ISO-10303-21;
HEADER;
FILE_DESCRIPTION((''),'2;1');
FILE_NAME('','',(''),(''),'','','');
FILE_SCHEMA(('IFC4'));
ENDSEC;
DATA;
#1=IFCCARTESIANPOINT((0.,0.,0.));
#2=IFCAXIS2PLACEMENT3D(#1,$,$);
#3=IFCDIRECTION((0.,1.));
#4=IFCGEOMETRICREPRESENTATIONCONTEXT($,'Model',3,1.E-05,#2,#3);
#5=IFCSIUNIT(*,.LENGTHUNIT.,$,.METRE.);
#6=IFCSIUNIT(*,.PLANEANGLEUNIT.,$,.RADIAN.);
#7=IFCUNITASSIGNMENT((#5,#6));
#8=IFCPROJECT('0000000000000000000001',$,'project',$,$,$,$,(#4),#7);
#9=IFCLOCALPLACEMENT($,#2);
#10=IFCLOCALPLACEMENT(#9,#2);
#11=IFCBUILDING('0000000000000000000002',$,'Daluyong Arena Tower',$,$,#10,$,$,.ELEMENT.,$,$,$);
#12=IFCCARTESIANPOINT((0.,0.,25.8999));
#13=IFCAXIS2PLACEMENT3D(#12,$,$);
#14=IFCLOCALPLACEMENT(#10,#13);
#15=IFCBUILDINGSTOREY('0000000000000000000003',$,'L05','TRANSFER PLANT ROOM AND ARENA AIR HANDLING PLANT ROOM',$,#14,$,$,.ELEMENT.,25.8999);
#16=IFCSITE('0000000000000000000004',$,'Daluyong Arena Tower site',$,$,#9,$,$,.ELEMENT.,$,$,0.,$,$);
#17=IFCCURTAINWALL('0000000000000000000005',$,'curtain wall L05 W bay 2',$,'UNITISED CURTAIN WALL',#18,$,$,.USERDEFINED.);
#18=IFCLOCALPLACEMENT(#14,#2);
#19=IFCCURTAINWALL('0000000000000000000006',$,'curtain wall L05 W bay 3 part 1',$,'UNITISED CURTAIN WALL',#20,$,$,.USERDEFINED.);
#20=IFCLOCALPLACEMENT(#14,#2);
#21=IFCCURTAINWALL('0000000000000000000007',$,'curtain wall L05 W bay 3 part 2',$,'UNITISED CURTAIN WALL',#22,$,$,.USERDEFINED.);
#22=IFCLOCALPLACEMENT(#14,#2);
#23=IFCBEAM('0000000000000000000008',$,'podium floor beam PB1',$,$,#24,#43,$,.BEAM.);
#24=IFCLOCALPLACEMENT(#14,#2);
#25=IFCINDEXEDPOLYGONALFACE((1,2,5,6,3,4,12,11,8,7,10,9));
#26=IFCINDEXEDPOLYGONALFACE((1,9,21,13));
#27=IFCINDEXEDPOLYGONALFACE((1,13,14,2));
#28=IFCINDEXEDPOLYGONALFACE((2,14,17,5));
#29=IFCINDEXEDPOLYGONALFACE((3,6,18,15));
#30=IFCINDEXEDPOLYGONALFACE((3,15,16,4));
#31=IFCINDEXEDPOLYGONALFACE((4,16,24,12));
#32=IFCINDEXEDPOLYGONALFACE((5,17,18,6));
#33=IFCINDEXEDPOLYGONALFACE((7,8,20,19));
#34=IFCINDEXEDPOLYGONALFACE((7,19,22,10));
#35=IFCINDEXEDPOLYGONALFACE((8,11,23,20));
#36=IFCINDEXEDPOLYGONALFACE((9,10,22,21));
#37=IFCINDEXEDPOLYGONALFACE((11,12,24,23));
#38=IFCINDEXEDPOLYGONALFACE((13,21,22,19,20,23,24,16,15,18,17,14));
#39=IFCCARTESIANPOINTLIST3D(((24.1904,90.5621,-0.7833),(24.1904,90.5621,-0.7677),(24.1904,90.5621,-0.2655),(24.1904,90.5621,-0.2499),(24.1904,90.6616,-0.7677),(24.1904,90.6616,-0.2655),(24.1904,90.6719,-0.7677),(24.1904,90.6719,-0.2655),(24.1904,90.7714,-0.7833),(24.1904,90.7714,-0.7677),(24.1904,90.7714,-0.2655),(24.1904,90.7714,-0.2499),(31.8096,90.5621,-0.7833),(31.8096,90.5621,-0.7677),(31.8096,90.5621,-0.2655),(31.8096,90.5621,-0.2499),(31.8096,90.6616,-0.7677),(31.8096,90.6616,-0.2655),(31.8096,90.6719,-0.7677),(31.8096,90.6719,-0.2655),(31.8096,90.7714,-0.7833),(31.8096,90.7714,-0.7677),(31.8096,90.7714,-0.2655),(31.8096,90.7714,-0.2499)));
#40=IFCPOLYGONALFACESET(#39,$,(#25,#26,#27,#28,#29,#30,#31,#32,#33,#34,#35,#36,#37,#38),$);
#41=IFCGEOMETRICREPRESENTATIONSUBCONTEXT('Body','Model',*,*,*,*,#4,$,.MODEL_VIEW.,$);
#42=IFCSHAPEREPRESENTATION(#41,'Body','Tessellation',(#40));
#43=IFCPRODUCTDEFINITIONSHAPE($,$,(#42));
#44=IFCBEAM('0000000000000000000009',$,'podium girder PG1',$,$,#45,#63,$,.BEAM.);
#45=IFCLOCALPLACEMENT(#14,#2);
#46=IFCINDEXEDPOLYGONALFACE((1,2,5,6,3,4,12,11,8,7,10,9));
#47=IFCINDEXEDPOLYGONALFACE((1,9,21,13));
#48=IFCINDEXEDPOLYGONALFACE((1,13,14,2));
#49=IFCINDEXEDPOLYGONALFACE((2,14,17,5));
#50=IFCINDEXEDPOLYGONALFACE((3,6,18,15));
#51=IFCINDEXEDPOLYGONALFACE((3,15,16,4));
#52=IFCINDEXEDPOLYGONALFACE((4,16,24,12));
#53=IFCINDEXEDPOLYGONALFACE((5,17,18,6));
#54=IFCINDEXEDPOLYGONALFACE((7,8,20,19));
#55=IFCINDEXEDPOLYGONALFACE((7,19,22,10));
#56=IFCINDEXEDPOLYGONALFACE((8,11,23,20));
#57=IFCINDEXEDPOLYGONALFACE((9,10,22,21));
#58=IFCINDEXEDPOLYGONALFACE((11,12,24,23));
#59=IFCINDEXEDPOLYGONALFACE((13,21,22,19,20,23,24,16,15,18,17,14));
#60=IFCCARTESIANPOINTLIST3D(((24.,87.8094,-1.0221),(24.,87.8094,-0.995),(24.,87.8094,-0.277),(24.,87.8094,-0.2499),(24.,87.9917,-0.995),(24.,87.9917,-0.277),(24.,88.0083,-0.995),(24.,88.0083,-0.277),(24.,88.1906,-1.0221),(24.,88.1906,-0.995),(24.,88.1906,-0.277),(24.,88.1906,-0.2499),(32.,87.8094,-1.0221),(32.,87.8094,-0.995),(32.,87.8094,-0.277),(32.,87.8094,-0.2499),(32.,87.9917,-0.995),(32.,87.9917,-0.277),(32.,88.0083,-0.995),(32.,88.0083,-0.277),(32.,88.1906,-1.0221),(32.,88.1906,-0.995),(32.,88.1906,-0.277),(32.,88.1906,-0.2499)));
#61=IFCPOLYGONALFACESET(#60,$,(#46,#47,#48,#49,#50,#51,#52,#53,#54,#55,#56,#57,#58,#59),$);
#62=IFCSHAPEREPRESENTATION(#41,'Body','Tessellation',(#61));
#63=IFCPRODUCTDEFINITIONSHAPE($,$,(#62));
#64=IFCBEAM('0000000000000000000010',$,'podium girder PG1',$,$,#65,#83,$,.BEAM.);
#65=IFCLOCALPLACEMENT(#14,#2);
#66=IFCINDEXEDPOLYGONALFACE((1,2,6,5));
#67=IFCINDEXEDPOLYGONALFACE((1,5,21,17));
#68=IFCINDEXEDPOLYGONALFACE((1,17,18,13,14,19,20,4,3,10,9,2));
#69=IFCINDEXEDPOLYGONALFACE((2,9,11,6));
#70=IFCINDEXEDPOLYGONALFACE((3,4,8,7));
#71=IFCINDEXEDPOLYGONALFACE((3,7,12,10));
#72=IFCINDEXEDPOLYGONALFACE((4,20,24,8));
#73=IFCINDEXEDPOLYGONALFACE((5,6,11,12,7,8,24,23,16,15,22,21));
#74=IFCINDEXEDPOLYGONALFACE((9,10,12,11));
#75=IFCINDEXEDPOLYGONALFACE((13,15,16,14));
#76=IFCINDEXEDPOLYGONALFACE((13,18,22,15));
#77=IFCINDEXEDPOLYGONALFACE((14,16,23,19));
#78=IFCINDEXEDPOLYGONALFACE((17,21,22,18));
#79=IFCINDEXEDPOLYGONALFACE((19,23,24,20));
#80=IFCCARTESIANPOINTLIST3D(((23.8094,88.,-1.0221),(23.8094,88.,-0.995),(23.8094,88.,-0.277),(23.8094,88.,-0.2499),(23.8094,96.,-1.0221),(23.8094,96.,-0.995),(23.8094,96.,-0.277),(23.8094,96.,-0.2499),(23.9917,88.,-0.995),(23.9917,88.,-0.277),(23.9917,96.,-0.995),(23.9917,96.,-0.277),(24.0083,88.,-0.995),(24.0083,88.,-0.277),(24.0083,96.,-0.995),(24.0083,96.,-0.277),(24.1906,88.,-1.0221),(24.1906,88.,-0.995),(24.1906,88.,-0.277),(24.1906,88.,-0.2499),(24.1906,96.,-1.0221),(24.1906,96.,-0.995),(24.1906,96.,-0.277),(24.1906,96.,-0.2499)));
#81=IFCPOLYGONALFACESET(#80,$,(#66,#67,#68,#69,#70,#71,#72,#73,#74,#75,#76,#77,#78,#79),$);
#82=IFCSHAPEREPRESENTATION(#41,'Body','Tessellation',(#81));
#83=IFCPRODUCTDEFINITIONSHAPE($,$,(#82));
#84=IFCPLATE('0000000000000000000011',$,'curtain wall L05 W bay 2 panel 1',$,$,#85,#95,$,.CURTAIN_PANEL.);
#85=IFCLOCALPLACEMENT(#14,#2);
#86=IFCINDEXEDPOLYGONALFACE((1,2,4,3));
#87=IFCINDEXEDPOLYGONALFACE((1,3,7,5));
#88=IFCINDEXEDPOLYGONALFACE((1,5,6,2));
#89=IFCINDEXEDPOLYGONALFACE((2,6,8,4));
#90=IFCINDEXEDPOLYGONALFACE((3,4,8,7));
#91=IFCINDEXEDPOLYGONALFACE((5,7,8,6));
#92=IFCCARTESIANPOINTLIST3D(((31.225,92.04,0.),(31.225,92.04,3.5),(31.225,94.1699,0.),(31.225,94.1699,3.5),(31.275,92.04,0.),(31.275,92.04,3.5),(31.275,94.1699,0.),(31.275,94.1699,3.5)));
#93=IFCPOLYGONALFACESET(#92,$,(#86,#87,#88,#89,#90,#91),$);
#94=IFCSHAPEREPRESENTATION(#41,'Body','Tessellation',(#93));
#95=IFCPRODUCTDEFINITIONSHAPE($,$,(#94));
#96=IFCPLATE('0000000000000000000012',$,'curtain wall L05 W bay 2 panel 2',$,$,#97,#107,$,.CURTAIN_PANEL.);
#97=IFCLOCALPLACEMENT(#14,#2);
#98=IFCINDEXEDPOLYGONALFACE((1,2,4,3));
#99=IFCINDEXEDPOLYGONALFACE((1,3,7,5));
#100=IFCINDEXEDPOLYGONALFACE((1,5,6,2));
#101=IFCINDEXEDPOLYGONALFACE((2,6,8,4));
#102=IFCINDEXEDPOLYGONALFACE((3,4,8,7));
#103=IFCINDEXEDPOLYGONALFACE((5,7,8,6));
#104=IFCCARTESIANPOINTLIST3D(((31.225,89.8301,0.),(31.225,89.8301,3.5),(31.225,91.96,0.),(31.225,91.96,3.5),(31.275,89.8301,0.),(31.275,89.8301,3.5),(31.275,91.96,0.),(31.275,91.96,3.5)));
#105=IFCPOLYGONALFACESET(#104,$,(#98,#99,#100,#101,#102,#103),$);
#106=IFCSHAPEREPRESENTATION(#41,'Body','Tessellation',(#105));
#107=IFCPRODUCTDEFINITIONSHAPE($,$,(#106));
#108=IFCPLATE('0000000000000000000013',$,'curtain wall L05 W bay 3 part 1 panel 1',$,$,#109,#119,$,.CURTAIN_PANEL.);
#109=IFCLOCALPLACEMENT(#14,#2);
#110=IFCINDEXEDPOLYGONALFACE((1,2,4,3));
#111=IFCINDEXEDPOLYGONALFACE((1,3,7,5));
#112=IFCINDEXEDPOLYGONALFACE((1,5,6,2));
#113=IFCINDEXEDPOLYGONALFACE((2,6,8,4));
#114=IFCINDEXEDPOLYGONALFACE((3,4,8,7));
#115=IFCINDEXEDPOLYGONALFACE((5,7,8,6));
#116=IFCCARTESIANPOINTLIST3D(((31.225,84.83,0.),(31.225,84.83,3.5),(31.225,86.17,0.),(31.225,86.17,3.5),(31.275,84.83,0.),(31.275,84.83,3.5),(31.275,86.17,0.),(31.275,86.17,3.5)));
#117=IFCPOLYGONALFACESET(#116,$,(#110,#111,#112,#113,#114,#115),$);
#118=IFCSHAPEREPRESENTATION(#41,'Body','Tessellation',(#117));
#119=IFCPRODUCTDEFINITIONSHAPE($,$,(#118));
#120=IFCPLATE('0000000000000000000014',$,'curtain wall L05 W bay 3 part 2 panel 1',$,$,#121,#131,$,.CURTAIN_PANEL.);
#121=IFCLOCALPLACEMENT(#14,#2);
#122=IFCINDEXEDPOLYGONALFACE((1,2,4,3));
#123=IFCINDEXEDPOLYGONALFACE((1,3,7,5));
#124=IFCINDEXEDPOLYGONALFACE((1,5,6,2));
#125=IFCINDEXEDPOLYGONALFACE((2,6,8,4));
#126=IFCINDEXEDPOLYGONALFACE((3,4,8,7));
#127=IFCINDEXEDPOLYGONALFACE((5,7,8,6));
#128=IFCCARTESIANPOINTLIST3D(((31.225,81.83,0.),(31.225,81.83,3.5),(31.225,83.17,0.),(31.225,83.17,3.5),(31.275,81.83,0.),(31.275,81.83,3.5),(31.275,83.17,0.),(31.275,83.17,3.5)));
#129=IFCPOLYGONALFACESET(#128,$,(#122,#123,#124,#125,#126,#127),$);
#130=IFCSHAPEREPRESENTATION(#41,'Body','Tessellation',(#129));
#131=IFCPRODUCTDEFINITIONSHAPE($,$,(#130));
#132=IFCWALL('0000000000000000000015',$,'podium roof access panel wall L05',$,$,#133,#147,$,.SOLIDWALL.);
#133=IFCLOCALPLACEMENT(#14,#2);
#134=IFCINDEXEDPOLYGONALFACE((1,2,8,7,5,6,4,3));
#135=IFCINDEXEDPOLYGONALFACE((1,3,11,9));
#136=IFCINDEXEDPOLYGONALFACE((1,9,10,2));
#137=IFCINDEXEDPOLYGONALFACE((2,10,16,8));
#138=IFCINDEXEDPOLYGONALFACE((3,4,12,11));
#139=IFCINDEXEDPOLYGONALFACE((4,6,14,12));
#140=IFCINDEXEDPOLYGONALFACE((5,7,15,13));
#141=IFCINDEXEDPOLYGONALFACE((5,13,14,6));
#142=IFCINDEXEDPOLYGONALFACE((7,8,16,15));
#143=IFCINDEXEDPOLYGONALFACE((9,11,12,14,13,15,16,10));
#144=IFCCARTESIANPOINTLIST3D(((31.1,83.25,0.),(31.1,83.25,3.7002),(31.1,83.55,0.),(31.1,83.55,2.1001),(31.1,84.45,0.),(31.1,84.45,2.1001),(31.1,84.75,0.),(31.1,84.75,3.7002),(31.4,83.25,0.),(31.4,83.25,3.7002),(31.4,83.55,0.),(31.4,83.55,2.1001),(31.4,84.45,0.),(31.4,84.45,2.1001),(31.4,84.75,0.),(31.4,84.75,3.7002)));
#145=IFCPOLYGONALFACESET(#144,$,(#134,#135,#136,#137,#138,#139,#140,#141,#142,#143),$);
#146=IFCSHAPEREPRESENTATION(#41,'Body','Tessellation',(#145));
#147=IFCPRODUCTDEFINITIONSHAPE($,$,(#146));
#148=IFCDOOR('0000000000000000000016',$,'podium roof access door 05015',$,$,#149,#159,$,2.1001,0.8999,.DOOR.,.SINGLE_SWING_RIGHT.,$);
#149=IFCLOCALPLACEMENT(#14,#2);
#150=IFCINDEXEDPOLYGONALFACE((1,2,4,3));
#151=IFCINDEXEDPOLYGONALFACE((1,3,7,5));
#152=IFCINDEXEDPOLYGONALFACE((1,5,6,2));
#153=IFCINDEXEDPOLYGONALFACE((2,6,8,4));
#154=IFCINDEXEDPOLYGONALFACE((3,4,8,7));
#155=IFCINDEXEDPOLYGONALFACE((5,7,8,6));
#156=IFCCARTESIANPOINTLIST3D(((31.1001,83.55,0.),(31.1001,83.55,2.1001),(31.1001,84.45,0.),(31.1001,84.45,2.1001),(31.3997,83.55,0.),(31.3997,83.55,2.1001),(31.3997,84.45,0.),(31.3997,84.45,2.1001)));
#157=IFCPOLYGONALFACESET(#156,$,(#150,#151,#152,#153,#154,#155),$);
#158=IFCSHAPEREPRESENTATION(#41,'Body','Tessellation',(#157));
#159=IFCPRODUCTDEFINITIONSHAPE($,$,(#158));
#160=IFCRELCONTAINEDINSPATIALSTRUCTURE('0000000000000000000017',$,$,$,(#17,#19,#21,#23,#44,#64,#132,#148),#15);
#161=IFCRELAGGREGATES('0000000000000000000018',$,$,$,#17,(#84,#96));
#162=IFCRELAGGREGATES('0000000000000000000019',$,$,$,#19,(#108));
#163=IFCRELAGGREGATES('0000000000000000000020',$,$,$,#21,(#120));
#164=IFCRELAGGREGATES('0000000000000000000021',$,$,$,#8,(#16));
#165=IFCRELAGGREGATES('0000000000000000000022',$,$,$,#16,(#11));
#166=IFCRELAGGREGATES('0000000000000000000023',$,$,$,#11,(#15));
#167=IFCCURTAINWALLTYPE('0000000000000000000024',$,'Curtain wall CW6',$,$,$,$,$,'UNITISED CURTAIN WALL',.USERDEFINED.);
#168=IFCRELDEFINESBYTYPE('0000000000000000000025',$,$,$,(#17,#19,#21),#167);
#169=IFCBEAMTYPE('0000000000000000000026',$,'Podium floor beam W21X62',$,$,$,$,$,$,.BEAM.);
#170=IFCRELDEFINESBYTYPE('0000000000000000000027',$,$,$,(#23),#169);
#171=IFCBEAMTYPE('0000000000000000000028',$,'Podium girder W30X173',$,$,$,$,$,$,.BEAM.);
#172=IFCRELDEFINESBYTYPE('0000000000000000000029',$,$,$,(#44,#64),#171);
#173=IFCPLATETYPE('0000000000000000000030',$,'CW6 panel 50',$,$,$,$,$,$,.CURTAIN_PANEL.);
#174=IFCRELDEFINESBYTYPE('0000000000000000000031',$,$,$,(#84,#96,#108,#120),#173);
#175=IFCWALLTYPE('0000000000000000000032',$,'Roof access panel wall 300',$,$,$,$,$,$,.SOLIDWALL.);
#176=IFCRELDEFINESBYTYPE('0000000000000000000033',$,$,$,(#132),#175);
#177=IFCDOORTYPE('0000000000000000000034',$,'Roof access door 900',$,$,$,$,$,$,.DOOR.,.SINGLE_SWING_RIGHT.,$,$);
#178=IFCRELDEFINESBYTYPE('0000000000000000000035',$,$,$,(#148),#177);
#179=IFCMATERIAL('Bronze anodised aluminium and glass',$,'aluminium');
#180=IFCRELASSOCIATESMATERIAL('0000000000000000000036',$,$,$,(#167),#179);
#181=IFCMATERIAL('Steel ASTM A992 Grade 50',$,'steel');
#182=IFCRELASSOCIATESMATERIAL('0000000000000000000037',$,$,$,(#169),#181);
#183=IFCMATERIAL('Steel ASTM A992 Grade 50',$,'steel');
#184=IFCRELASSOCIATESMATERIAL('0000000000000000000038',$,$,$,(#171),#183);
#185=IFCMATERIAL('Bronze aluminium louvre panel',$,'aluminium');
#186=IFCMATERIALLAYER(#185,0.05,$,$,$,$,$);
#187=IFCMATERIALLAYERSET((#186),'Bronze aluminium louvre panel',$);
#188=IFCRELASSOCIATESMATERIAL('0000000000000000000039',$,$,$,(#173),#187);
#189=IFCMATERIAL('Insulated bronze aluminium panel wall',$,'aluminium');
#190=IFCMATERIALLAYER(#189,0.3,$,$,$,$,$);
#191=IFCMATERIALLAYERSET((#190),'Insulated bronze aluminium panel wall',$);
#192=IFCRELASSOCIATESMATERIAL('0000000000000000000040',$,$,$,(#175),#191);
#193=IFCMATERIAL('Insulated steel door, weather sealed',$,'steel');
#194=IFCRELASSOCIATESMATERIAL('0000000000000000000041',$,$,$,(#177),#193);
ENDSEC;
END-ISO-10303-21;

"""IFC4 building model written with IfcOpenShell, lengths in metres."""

from ifc_helpers import new_model, si_unit, direction, frame, frame_2d, origin, origin_2d, place, context, subcontext, project, spatial, rectangle, i_section, extrude, material, layer, layer_set, material_profile, profile_set, type_object, element, fill, aggregate, save


model = new_model("IFC4")

# Units and contexts
model_context = context("Model", 3, precision=1e-05, world=origin(), true_north=direction((0.0, 1.0)))
body_context = subcontext(model_context, "Body", "Model", "MODEL_VIEW")
ifc_project = project(units=[si_unit("LENGTHUNIT", "METRE"), si_unit("PLANEANGLEUNIT", "RADIAN")], contexts=[model_context])

# Site, building, storey
site_placement = place(None, origin())
site = spatial("IfcSite", under=ifc_project, at=site_placement, Name="Daluyong Arena Tower site", CompositionType="ELEMENT", RefElevation=0.0)
building_placement = place(site_placement, origin())
building = spatial("IfcBuilding", under=site, at=building_placement, Name="Daluyong Arena Tower", CompositionType="ELEMENT")
storey_placement = place(building_placement, frame((0.0, 0.0, 25.8999)))
storey = spatial("IfcBuildingStorey", under=building, at=storey_placement, Name="L05", Description="TRANSFER PLANT ROOM AND ARENA AIR HANDLING PLANT ROOM", CompositionType="ELEMENT", Elevation=25.8999)

# Curtain walls
ifc_material_1 = material(Name="Bronze anodised aluminium and glass", Category="aluminium")
curtain_wall_type = type_object("IfcCurtainWallType", Name="Curtain wall CW6", ElementType="UNITISED CURTAIN WALL", PredefinedType="USERDEFINED", material=ifc_material_1)
curtain_wall_1_placement = place(storey_placement, origin())
curtain_wall_1 = element("IfcCurtainWall", 1, at=curtain_wall_1_placement, inside=storey, type_object=curtain_wall_type, Name="curtain wall L05 W bay 2", ObjectType="UNITISED CURTAIN WALL", PredefinedType="USERDEFINED")
curtain_wall_2_placement = place(storey_placement, origin())
curtain_wall_2 = element("IfcCurtainWall", 2, at=curtain_wall_2_placement, inside=storey, type_object=curtain_wall_type, Name="curtain wall L05 W bay 3 part 1", ObjectType="UNITISED CURTAIN WALL", PredefinedType="USERDEFINED")

# Curtain wall
curtain_wall_3_placement = place(storey_placement, origin())
curtain_wall_3 = element("IfcCurtainWall", 3, at=curtain_wall_3_placement, inside=storey, type_object=curtain_wall_type, Name="curtain wall L05 W bay 3 part 2", ObjectType="UNITISED CURTAIN WALL", PredefinedType="USERDEFINED")

# Beams
ifc_material_2 = material(Name="Steel ASTM A992 Grade 50", Category="steel")
ifc_material_profile_1 = material_profile(ifc_material_2, i_section(OverallWidth=0.2092, OverallDepth=0.5334, WebThickness=0.0103, FlangeThickness=0.0156, at=origin_2d()))
ifc_profile_set_1 = profile_set([ifc_material_profile_1], Name="Steel ASTM A992 Grade 50")
beam_type_1 = type_object("IfcBeamType", Name="Podium floor beam W21X62", PredefinedType="BEAM", material=ifc_profile_set_1)
for number, where, z_axis, x_axis, name in (
    (4, (24.1904, 90.6667, -0.5166), (1.0, 0.0, 0.0), (0.0, 1.0, 0.0), "podium floor beam PB1"),
):
    element("IfcBeam", number, at=place(storey_placement, frame(where, z_axis=z_axis, x_axis=x_axis)), inside=storey, type_object=beam_type_1, Name=name, PredefinedType="BEAM", context=body_context, shape_type="SweptSolid", body=[
        extrude(i_section(OverallWidth=0.2092, OverallDepth=0.5334, WebThickness=0.0103, FlangeThickness=0.0156, at=origin_2d()), origin(), (0.0, 0.0, 1.0), 7.6191),
    ])
ifc_material_3 = material(Name="Steel ASTM A992 Grade 50", Category="steel")
ifc_material_profile_2 = material_profile(ifc_material_3, i_section(OverallWidth=0.3811, OverallDepth=0.7722, WebThickness=0.0166, FlangeThickness=0.0271, at=origin_2d()))
ifc_profile_set_2 = profile_set([ifc_material_profile_2], Name="Steel ASTM A992 Grade 50")
beam_type_2 = type_object("IfcBeamType", Name="Podium girder W30X173", PredefinedType="BEAM", material=ifc_profile_set_2)
for number, where, z_axis, x_axis, name in (
    (5, (24.0, 88.0, -0.636), (1.0, 0.0, 0.0), (0.0, 1.0, 0.0), "podium girder PG1"),
    (6, (24.0, 88.0, -0.636), (0.0, 1.0, 0.0), (-1.0, 0.0, 0.0), "podium girder PG1"),
):
    element("IfcBeam", number, at=place(storey_placement, frame(where, z_axis=z_axis, x_axis=x_axis)), inside=storey, type_object=beam_type_2, Name=name, PredefinedType="BEAM", context=body_context, shape_type="SweptSolid", body=[
        extrude(i_section(OverallWidth=0.3811, OverallDepth=0.7722, WebThickness=0.0166, FlangeThickness=0.0271, at=origin_2d()), origin(), (0.0, 0.0, 1.0), 8.0),
    ])

# Plates
ifc_material_4 = material(Name="Bronze aluminium louvre panel", Category="aluminium")
ifc_layer_1 = layer(ifc_material_4, 0.05)
ifc_layer_set_1 = layer_set([ifc_layer_1], Name="Bronze aluminium louvre panel")
plate_type = type_object("IfcPlateType", Name="CW6 panel 50", PredefinedType="CURTAIN_PANEL", material=ifc_layer_set_1)
plate_1_placement = place(storey_placement, frame((31.25, 93.105, 0.0), z_axis=(0.0, 0.0, 1.0), x_axis=(0.0, -1.0, 0.0)))
plate_1 = element("IfcPlate", 7, at=plate_1_placement, type_object=plate_type, Name="curtain wall L05 W bay 2 panel 1", PredefinedType="CURTAIN_PANEL", context=body_context, shape_type="SweptSolid", body=[
    extrude(rectangle(XDim=2.1299, YDim=0.05, at=origin_2d()), origin(), (0.0, 0.0, 1.0), 3.5),
])
plate_2_placement = place(storey_placement, frame((31.25, 90.895, 0.0), z_axis=(0.0, 0.0, 1.0), x_axis=(0.0, -1.0, 0.0)))
plate_2 = element("IfcPlate", 8, at=plate_2_placement, type_object=plate_type, Name="curtain wall L05 W bay 2 panel 2", PredefinedType="CURTAIN_PANEL", context=body_context, shape_type="SweptSolid", body=[
    extrude(rectangle(XDim=2.1299, YDim=0.05, at=origin_2d()), origin(), (0.0, 0.0, 1.0), 3.5),
])
aggregate(curtain_wall_1, [plate_1, plate_2])
plate_3_placement = place(storey_placement, frame((31.25, 85.5, 0.0), z_axis=(0.0, 0.0, 1.0), x_axis=(0.0, -1.0, 0.0)))
plate_3 = element("IfcPlate", 9, at=plate_3_placement, type_object=plate_type, Name="curtain wall L05 W bay 3 part 1 panel 1", PredefinedType="CURTAIN_PANEL", context=body_context, shape_type="SweptSolid", body=[
    extrude(rectangle(XDim=1.3401, YDim=0.05, at=origin_2d()), origin(), (0.0, 0.0, 1.0), 3.5),
])
aggregate(curtain_wall_2, [plate_3])
plate_4_placement = place(storey_placement, frame((31.25, 82.5, 0.0), z_axis=(0.0, 0.0, 1.0), x_axis=(0.0, -1.0, 0.0)))
plate_4 = element("IfcPlate", 10, at=plate_4_placement, type_object=plate_type, Name="curtain wall L05 W bay 3 part 2 panel 1", PredefinedType="CURTAIN_PANEL", context=body_context, shape_type="SweptSolid", body=[
    extrude(rectangle(XDim=1.3401, YDim=0.05, at=origin_2d()), origin(), (0.0, 0.0, 1.0), 3.5),
])
aggregate(curtain_wall_3, [plate_4])

# Wall, opening, door
ifc_material_5 = material(Name="Insulated bronze aluminium panel wall", Category="aluminium")
ifc_layer_2 = layer(ifc_material_5, 0.3)
ifc_layer_set_2 = layer_set([ifc_layer_2], Name="Insulated bronze aluminium panel wall")
wall_type = type_object("IfcWallType", Name="Roof access panel wall 300", PredefinedType="SOLIDWALL", material=ifc_layer_set_2)
wall_placement = place(storey_placement, frame((31.25, 84.75, 0.0), z_axis=(0.0, 0.0, 1.0), x_axis=(0.0, -1.0, 0.0)))
wall = element("IfcWall", 11, at=wall_placement, inside=storey, type_object=wall_type, Name="podium roof access panel wall L05", PredefinedType="SOLIDWALL", context=body_context, shape_type="SweptSolid", body=[
    extrude(rectangle(XDim=1.5, YDim=0.3, at=frame_2d((0.75, 0.0))), origin(), (0.0, 0.0, 1.0), 3.7002),
])
opening_placement = place(wall_placement, frame((0.3, 0.0, 0.0)))
opening = element("IfcOpeningElement", 12, at=opening_placement, cuts=wall, PredefinedType="OPENING", context=body_context, shape_type="SweptSolid", body=[
    extrude(rectangle(XDim=0.8999, YDim=2.1001, at=frame_2d((0.45, 1.05))), frame((0.0, 0.1599, 0.0), z_axis=(0.0, -1.0, 0.0), x_axis=(1.0, 0.0, 0.0)), (0.0, 0.0, 1.0), 0.3201),
])
ifc_material_6 = material(Name="Insulated steel door, weather sealed", Category="steel")
door_type = type_object("IfcDoorType", Name="Roof access door 900", OperationType="SINGLE_SWING_RIGHT", PredefinedType="DOOR", material=ifc_material_6)
door_placement = place(opening_placement, frame((0.8999, 0.0, 0.0), z_axis=(0.0, 0.0, 1.0), x_axis=(-1.0, 0.0, 0.0)))
door = element("IfcDoor", 13, at=door_placement, inside=storey, type_object=door_type, Name="podium roof access door 05015", OperationType="SINGLE_SWING_RIGHT", OverallHeight=2.1001, OverallWidth=0.8999, PredefinedType="DOOR", context=body_context, shape_type="SweptSolid", body=[
    extrude(rectangle(XDim=0.8999, YDim=2.1001, at=frame_2d((0.45, 1.05))), frame((0.0, 0.1499, 0.0), z_axis=(0.0, -1.0, 0.0), x_axis=(1.0, 0.0, 0.0)), (0.0, 0.0, 1.0), 0.2996),
])
fill(opening, door)

save(model, "model.ifc")
